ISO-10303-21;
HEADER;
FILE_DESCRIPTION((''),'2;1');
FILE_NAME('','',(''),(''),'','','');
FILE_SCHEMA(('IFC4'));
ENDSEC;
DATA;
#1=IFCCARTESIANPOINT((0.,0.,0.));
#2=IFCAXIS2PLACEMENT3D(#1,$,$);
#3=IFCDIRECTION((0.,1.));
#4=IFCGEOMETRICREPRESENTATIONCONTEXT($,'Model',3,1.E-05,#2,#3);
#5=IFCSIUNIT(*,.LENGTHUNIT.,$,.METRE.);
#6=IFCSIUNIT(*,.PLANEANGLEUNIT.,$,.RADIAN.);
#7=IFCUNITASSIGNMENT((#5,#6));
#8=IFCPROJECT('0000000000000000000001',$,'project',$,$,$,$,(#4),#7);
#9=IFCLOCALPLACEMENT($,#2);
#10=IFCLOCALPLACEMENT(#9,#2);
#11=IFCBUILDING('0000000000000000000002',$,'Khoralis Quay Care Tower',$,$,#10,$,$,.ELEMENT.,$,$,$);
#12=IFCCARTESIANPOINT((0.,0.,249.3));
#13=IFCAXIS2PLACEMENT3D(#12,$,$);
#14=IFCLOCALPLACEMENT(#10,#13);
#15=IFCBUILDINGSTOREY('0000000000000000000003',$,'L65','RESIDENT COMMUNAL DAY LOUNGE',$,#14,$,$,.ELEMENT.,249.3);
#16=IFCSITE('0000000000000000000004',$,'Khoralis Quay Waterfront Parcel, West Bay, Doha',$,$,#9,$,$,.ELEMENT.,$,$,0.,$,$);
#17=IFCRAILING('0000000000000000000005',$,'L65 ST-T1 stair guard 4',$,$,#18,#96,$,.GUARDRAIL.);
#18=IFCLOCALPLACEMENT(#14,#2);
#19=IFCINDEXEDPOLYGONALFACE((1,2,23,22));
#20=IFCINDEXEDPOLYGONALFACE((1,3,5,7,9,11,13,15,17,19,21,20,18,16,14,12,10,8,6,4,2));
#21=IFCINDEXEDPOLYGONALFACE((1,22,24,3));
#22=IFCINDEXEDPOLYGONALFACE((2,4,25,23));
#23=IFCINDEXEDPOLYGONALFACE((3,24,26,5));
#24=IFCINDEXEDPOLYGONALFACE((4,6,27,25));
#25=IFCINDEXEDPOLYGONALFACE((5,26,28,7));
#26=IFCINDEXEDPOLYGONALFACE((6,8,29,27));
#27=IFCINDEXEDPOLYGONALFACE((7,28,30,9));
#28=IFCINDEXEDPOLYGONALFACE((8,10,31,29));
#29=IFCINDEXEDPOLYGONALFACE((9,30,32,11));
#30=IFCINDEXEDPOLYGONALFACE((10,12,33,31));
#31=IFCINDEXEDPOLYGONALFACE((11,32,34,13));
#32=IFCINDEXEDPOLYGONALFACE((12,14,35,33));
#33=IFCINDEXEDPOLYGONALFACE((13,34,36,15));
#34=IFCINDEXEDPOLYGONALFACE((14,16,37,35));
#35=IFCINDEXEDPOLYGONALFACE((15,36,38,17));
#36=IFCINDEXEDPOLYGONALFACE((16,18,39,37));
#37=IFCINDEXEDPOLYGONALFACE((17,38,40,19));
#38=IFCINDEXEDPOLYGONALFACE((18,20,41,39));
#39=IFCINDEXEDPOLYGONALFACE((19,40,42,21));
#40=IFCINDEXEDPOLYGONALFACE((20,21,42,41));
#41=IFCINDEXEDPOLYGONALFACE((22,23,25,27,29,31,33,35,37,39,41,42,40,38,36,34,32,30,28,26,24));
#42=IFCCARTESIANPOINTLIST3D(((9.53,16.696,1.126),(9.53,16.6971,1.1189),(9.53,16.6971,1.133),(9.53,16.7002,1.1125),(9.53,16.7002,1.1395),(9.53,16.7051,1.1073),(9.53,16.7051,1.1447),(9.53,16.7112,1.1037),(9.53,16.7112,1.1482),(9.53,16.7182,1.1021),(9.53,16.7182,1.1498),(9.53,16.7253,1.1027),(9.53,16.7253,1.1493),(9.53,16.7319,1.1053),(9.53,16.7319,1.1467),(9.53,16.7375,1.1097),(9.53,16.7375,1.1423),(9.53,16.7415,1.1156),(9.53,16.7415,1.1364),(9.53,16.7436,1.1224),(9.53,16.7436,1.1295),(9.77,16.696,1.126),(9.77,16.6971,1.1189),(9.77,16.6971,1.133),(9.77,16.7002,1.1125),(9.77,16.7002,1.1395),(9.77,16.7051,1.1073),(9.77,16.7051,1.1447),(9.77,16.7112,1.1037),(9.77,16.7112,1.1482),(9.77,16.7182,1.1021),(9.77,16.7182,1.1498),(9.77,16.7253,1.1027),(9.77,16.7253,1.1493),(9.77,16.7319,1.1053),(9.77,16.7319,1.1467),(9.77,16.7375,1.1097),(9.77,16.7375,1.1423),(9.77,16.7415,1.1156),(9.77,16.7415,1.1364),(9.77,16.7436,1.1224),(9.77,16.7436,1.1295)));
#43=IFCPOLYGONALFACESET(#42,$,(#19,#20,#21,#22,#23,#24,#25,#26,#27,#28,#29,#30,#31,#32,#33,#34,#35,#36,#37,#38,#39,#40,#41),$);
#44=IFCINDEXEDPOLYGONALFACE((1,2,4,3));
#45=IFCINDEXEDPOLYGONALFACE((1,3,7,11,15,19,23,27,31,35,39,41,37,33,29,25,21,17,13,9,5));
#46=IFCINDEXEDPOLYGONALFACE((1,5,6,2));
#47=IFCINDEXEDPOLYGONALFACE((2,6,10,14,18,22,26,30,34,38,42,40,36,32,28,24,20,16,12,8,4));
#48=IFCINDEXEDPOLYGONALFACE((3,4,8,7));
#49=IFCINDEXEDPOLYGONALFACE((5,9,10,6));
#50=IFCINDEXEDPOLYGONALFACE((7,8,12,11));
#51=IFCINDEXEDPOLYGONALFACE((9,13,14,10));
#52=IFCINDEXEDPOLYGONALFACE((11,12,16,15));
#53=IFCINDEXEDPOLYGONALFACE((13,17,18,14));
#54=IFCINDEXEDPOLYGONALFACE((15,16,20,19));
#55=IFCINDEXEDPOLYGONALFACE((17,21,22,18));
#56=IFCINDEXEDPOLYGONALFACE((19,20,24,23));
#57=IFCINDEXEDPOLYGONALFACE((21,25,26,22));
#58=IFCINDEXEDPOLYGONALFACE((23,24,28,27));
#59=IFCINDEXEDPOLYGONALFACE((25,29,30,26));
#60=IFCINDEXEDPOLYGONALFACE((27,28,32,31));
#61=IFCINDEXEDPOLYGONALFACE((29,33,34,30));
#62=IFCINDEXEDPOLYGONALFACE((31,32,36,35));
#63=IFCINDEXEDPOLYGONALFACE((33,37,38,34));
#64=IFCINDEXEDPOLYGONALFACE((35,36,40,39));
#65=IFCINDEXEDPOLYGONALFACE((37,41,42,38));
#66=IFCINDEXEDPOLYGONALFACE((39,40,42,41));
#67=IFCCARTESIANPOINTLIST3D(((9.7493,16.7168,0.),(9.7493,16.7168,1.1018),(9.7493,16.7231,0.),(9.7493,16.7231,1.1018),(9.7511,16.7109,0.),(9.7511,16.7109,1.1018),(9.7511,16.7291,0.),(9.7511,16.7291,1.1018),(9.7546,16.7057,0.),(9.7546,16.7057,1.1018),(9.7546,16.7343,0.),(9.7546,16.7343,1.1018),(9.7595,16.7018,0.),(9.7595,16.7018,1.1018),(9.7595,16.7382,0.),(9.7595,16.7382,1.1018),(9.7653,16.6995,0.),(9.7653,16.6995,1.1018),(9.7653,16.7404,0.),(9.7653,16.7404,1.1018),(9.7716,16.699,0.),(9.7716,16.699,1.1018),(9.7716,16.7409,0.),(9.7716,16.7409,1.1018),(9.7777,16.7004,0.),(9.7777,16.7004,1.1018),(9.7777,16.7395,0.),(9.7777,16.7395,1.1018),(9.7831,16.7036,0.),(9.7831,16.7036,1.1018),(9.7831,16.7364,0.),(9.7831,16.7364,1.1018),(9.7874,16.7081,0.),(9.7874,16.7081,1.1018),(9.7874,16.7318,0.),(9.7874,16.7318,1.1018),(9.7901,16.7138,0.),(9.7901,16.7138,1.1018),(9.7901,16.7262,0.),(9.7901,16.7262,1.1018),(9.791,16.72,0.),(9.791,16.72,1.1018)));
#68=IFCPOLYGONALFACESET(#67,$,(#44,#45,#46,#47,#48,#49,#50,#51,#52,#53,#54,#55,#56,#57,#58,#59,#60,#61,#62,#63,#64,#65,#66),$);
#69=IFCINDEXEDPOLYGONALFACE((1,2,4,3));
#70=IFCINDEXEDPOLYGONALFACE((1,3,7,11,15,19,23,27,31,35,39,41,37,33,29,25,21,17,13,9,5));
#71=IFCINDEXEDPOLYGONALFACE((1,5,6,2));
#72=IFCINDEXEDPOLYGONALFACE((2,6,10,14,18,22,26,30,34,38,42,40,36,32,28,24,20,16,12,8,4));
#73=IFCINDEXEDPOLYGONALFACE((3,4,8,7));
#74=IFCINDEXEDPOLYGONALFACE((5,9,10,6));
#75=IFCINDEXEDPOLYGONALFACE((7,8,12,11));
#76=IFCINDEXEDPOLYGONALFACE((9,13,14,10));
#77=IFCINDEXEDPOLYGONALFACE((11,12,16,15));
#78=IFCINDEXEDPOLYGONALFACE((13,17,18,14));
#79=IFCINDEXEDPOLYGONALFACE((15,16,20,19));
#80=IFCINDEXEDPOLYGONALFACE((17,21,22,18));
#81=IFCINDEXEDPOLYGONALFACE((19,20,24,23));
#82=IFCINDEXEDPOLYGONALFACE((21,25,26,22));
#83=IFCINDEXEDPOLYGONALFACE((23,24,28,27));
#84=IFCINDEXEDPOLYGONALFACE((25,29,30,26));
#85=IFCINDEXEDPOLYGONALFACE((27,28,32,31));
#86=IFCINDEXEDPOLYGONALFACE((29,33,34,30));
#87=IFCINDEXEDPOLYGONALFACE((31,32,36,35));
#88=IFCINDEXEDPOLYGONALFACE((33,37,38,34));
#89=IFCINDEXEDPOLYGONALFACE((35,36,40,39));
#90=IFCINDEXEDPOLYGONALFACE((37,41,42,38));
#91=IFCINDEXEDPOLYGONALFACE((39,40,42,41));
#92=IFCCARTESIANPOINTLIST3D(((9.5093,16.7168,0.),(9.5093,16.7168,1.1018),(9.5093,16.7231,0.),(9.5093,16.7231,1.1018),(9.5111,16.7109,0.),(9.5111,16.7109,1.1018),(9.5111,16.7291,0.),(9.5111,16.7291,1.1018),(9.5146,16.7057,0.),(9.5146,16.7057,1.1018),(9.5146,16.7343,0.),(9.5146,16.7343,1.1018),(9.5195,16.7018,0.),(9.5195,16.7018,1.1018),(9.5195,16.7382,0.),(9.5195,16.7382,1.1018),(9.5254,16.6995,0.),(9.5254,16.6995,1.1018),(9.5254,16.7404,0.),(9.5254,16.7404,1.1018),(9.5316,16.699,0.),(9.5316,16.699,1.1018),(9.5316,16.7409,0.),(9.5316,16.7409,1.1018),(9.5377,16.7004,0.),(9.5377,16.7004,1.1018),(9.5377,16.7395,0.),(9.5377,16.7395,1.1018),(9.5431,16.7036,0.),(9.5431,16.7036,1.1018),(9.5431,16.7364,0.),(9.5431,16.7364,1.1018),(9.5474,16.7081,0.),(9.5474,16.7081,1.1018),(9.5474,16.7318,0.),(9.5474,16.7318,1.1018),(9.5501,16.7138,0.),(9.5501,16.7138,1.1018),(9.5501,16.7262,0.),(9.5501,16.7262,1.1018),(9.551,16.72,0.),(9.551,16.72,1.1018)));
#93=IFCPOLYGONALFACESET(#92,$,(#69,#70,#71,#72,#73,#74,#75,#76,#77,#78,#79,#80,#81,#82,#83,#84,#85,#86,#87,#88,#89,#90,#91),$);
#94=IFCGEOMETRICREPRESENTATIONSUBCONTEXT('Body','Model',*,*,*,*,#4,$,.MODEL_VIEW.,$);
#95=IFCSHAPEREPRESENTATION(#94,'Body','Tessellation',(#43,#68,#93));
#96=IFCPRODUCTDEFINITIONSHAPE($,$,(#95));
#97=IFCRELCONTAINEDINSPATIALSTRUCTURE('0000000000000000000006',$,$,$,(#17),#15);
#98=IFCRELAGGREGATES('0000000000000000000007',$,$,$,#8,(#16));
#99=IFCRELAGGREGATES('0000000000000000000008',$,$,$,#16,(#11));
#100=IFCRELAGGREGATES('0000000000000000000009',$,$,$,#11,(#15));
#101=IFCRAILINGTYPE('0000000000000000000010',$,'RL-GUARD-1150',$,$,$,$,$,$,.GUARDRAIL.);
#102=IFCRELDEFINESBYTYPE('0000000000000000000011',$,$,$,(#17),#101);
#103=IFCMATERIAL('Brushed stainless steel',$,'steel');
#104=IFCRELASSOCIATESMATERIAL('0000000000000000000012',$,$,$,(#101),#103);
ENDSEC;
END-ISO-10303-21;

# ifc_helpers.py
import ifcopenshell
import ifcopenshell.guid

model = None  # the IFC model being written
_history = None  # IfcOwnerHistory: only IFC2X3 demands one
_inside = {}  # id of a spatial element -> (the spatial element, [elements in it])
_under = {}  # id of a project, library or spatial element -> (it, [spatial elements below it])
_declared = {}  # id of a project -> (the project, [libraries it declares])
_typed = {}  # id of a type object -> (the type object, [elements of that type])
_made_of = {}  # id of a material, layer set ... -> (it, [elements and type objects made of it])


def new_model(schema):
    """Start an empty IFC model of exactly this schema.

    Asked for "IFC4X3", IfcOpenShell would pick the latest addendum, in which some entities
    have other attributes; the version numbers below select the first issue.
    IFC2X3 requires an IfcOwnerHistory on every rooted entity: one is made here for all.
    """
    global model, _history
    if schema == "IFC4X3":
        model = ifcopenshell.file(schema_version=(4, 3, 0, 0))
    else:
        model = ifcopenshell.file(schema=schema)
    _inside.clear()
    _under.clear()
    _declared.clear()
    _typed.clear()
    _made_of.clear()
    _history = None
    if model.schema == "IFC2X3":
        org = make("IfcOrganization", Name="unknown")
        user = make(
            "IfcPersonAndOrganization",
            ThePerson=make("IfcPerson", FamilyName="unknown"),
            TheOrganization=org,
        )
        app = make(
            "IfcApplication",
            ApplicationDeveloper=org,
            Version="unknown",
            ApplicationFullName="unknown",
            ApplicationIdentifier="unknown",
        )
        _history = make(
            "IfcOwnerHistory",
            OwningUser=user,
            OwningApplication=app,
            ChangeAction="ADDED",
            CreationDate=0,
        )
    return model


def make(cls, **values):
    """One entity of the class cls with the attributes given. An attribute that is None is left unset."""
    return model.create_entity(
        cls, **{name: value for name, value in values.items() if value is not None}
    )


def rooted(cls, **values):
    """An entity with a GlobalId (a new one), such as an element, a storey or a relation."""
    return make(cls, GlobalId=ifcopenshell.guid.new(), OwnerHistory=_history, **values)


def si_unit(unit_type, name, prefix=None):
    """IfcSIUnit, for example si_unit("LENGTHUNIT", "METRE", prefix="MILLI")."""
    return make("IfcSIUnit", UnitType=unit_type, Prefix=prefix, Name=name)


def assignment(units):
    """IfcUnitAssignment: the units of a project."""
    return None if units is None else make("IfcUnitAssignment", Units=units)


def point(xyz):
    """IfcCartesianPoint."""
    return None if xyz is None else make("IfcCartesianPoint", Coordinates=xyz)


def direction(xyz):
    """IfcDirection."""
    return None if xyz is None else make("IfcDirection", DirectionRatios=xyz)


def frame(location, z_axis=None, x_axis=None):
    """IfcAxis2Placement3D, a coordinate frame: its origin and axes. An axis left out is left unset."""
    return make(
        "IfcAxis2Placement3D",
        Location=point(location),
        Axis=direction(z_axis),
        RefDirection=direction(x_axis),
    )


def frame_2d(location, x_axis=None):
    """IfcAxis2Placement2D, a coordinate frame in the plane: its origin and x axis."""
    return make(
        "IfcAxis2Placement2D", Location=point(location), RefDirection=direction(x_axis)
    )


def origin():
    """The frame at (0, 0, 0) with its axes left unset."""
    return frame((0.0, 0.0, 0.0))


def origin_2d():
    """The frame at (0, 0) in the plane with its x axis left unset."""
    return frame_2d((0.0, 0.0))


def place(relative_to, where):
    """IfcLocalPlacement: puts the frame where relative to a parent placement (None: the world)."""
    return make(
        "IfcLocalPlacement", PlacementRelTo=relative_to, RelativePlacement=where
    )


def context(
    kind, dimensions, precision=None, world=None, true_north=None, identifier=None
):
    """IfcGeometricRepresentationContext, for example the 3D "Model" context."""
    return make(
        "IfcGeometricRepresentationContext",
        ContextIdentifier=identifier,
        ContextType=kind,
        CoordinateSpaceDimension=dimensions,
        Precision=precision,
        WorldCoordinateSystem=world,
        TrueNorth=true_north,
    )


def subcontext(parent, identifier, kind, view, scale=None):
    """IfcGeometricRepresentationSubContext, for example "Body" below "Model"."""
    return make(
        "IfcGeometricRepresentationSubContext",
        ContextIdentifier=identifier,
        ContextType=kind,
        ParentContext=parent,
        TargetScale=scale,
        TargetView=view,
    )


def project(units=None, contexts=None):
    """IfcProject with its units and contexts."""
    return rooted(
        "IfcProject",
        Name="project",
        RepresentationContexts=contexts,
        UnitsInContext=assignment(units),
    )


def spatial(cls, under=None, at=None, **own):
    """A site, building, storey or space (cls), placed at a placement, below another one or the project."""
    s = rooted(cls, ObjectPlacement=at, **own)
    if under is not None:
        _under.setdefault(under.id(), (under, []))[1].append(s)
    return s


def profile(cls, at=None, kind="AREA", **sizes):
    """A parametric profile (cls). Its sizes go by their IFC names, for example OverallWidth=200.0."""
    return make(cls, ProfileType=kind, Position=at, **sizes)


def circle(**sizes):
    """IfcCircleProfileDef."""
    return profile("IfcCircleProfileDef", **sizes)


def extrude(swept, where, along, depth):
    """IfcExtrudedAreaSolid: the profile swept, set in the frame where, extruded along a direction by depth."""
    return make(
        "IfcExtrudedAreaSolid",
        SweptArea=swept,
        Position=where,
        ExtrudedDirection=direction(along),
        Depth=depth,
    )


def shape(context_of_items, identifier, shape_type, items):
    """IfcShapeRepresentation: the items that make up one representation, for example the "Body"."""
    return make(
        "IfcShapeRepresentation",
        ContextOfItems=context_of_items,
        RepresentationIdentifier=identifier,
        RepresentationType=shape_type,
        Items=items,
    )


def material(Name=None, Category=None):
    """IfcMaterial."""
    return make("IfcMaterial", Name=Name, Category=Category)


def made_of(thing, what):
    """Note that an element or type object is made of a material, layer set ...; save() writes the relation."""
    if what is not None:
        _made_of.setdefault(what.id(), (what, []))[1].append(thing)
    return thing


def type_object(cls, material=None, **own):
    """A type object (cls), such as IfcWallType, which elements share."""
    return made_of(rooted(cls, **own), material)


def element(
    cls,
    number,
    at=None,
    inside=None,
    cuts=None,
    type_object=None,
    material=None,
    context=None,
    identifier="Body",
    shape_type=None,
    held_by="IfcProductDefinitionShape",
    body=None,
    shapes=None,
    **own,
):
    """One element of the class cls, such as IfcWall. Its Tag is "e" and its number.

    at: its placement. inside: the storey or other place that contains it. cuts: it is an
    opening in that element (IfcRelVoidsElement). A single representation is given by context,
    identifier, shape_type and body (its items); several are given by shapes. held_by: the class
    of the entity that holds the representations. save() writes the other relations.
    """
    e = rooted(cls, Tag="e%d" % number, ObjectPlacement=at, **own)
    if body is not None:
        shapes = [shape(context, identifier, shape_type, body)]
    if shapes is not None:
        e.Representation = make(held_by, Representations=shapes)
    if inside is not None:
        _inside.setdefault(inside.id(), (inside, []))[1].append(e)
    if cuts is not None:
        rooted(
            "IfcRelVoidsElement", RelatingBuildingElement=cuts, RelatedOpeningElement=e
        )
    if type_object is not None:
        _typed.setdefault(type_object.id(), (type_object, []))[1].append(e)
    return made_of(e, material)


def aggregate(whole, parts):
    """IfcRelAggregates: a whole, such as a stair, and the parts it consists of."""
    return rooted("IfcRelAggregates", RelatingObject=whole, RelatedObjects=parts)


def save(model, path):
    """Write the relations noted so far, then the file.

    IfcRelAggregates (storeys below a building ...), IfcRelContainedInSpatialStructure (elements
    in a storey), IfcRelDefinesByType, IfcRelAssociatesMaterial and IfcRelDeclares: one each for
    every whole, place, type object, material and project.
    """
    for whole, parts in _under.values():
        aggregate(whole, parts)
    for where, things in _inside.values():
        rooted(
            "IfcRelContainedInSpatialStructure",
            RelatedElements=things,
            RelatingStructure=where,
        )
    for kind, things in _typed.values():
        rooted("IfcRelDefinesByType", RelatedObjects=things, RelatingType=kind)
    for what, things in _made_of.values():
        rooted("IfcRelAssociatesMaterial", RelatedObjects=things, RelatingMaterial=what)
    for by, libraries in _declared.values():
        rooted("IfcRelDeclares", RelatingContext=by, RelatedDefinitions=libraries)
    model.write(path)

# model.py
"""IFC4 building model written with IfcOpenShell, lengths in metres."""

from ifc_helpers import new_model, si_unit, direction, frame, origin, origin_2d, place, context, subcontext, project, spatial, circle, extrude, material, type_object, element, save


model = new_model("IFC4")

# Units and contexts
model_context = context("Model", 3, precision=1e-05, world=origin(), true_north=direction((0.0, 1.0)))
body_context = subcontext(model_context, "Body", "Model", "MODEL_VIEW")
ifc_project = project(units=[si_unit("LENGTHUNIT", "METRE"), si_unit("PLANEANGLEUNIT", "RADIAN")], contexts=[model_context])

# Site, building, storey
site_placement = place(None, origin())
site = spatial("IfcSite", under=ifc_project, at=site_placement, Name="Khoralis Quay Waterfront Parcel, West Bay, Doha", CompositionType="ELEMENT", RefElevation=0.0)
building_placement = place(site_placement, origin())
building = spatial("IfcBuilding", under=site, at=building_placement, Name="Khoralis Quay Care Tower", CompositionType="ELEMENT")
storey_placement = place(building_placement, frame((0.0, 0.0, 249.3)))
storey = spatial("IfcBuildingStorey", under=building, at=storey_placement, Name="L65", Description="RESIDENT COMMUNAL DAY LOUNGE", CompositionType="ELEMENT", Elevation=249.3)

# Railing
ifc_material_1 = material(Name="Brushed stainless steel", Category="steel")
railing_type_1 = type_object("IfcRailingType", Name="RL-GUARD-1150", PredefinedType="GUARDRAIL", material=ifc_material_1)
railing_1_placement = place(storey_placement, frame((9.77, 16.72, 0.0)))
element("IfcRailing", 1, at=railing_1_placement, inside=storey, type_object=railing_type_1, Name="L65 ST-T1 stair guard 4", PredefinedType="GUARDRAIL", context=body_context, shape_type="SweptSolid", body=[
    extrude(circle(Radius=0.0239, at=origin_2d()), frame((0.0, 0.0, 1.126), z_axis=(-1.0, 0.0, 0.0), x_axis=(0.0, -1.0, 0.0)), (0.0, 0.0, 1.0), 0.24),
    extrude(circle(Radius=0.021, at=origin_2d()), origin(), (0.0, 0.0, 1.0), 1.1018),
    extrude(circle(Radius=0.021, at=origin_2d()), frame((-0.24, 0.0, 0.0)), (0.0, 0.0, 1.0), 1.1018),
])

save(model, "model.ifc")
